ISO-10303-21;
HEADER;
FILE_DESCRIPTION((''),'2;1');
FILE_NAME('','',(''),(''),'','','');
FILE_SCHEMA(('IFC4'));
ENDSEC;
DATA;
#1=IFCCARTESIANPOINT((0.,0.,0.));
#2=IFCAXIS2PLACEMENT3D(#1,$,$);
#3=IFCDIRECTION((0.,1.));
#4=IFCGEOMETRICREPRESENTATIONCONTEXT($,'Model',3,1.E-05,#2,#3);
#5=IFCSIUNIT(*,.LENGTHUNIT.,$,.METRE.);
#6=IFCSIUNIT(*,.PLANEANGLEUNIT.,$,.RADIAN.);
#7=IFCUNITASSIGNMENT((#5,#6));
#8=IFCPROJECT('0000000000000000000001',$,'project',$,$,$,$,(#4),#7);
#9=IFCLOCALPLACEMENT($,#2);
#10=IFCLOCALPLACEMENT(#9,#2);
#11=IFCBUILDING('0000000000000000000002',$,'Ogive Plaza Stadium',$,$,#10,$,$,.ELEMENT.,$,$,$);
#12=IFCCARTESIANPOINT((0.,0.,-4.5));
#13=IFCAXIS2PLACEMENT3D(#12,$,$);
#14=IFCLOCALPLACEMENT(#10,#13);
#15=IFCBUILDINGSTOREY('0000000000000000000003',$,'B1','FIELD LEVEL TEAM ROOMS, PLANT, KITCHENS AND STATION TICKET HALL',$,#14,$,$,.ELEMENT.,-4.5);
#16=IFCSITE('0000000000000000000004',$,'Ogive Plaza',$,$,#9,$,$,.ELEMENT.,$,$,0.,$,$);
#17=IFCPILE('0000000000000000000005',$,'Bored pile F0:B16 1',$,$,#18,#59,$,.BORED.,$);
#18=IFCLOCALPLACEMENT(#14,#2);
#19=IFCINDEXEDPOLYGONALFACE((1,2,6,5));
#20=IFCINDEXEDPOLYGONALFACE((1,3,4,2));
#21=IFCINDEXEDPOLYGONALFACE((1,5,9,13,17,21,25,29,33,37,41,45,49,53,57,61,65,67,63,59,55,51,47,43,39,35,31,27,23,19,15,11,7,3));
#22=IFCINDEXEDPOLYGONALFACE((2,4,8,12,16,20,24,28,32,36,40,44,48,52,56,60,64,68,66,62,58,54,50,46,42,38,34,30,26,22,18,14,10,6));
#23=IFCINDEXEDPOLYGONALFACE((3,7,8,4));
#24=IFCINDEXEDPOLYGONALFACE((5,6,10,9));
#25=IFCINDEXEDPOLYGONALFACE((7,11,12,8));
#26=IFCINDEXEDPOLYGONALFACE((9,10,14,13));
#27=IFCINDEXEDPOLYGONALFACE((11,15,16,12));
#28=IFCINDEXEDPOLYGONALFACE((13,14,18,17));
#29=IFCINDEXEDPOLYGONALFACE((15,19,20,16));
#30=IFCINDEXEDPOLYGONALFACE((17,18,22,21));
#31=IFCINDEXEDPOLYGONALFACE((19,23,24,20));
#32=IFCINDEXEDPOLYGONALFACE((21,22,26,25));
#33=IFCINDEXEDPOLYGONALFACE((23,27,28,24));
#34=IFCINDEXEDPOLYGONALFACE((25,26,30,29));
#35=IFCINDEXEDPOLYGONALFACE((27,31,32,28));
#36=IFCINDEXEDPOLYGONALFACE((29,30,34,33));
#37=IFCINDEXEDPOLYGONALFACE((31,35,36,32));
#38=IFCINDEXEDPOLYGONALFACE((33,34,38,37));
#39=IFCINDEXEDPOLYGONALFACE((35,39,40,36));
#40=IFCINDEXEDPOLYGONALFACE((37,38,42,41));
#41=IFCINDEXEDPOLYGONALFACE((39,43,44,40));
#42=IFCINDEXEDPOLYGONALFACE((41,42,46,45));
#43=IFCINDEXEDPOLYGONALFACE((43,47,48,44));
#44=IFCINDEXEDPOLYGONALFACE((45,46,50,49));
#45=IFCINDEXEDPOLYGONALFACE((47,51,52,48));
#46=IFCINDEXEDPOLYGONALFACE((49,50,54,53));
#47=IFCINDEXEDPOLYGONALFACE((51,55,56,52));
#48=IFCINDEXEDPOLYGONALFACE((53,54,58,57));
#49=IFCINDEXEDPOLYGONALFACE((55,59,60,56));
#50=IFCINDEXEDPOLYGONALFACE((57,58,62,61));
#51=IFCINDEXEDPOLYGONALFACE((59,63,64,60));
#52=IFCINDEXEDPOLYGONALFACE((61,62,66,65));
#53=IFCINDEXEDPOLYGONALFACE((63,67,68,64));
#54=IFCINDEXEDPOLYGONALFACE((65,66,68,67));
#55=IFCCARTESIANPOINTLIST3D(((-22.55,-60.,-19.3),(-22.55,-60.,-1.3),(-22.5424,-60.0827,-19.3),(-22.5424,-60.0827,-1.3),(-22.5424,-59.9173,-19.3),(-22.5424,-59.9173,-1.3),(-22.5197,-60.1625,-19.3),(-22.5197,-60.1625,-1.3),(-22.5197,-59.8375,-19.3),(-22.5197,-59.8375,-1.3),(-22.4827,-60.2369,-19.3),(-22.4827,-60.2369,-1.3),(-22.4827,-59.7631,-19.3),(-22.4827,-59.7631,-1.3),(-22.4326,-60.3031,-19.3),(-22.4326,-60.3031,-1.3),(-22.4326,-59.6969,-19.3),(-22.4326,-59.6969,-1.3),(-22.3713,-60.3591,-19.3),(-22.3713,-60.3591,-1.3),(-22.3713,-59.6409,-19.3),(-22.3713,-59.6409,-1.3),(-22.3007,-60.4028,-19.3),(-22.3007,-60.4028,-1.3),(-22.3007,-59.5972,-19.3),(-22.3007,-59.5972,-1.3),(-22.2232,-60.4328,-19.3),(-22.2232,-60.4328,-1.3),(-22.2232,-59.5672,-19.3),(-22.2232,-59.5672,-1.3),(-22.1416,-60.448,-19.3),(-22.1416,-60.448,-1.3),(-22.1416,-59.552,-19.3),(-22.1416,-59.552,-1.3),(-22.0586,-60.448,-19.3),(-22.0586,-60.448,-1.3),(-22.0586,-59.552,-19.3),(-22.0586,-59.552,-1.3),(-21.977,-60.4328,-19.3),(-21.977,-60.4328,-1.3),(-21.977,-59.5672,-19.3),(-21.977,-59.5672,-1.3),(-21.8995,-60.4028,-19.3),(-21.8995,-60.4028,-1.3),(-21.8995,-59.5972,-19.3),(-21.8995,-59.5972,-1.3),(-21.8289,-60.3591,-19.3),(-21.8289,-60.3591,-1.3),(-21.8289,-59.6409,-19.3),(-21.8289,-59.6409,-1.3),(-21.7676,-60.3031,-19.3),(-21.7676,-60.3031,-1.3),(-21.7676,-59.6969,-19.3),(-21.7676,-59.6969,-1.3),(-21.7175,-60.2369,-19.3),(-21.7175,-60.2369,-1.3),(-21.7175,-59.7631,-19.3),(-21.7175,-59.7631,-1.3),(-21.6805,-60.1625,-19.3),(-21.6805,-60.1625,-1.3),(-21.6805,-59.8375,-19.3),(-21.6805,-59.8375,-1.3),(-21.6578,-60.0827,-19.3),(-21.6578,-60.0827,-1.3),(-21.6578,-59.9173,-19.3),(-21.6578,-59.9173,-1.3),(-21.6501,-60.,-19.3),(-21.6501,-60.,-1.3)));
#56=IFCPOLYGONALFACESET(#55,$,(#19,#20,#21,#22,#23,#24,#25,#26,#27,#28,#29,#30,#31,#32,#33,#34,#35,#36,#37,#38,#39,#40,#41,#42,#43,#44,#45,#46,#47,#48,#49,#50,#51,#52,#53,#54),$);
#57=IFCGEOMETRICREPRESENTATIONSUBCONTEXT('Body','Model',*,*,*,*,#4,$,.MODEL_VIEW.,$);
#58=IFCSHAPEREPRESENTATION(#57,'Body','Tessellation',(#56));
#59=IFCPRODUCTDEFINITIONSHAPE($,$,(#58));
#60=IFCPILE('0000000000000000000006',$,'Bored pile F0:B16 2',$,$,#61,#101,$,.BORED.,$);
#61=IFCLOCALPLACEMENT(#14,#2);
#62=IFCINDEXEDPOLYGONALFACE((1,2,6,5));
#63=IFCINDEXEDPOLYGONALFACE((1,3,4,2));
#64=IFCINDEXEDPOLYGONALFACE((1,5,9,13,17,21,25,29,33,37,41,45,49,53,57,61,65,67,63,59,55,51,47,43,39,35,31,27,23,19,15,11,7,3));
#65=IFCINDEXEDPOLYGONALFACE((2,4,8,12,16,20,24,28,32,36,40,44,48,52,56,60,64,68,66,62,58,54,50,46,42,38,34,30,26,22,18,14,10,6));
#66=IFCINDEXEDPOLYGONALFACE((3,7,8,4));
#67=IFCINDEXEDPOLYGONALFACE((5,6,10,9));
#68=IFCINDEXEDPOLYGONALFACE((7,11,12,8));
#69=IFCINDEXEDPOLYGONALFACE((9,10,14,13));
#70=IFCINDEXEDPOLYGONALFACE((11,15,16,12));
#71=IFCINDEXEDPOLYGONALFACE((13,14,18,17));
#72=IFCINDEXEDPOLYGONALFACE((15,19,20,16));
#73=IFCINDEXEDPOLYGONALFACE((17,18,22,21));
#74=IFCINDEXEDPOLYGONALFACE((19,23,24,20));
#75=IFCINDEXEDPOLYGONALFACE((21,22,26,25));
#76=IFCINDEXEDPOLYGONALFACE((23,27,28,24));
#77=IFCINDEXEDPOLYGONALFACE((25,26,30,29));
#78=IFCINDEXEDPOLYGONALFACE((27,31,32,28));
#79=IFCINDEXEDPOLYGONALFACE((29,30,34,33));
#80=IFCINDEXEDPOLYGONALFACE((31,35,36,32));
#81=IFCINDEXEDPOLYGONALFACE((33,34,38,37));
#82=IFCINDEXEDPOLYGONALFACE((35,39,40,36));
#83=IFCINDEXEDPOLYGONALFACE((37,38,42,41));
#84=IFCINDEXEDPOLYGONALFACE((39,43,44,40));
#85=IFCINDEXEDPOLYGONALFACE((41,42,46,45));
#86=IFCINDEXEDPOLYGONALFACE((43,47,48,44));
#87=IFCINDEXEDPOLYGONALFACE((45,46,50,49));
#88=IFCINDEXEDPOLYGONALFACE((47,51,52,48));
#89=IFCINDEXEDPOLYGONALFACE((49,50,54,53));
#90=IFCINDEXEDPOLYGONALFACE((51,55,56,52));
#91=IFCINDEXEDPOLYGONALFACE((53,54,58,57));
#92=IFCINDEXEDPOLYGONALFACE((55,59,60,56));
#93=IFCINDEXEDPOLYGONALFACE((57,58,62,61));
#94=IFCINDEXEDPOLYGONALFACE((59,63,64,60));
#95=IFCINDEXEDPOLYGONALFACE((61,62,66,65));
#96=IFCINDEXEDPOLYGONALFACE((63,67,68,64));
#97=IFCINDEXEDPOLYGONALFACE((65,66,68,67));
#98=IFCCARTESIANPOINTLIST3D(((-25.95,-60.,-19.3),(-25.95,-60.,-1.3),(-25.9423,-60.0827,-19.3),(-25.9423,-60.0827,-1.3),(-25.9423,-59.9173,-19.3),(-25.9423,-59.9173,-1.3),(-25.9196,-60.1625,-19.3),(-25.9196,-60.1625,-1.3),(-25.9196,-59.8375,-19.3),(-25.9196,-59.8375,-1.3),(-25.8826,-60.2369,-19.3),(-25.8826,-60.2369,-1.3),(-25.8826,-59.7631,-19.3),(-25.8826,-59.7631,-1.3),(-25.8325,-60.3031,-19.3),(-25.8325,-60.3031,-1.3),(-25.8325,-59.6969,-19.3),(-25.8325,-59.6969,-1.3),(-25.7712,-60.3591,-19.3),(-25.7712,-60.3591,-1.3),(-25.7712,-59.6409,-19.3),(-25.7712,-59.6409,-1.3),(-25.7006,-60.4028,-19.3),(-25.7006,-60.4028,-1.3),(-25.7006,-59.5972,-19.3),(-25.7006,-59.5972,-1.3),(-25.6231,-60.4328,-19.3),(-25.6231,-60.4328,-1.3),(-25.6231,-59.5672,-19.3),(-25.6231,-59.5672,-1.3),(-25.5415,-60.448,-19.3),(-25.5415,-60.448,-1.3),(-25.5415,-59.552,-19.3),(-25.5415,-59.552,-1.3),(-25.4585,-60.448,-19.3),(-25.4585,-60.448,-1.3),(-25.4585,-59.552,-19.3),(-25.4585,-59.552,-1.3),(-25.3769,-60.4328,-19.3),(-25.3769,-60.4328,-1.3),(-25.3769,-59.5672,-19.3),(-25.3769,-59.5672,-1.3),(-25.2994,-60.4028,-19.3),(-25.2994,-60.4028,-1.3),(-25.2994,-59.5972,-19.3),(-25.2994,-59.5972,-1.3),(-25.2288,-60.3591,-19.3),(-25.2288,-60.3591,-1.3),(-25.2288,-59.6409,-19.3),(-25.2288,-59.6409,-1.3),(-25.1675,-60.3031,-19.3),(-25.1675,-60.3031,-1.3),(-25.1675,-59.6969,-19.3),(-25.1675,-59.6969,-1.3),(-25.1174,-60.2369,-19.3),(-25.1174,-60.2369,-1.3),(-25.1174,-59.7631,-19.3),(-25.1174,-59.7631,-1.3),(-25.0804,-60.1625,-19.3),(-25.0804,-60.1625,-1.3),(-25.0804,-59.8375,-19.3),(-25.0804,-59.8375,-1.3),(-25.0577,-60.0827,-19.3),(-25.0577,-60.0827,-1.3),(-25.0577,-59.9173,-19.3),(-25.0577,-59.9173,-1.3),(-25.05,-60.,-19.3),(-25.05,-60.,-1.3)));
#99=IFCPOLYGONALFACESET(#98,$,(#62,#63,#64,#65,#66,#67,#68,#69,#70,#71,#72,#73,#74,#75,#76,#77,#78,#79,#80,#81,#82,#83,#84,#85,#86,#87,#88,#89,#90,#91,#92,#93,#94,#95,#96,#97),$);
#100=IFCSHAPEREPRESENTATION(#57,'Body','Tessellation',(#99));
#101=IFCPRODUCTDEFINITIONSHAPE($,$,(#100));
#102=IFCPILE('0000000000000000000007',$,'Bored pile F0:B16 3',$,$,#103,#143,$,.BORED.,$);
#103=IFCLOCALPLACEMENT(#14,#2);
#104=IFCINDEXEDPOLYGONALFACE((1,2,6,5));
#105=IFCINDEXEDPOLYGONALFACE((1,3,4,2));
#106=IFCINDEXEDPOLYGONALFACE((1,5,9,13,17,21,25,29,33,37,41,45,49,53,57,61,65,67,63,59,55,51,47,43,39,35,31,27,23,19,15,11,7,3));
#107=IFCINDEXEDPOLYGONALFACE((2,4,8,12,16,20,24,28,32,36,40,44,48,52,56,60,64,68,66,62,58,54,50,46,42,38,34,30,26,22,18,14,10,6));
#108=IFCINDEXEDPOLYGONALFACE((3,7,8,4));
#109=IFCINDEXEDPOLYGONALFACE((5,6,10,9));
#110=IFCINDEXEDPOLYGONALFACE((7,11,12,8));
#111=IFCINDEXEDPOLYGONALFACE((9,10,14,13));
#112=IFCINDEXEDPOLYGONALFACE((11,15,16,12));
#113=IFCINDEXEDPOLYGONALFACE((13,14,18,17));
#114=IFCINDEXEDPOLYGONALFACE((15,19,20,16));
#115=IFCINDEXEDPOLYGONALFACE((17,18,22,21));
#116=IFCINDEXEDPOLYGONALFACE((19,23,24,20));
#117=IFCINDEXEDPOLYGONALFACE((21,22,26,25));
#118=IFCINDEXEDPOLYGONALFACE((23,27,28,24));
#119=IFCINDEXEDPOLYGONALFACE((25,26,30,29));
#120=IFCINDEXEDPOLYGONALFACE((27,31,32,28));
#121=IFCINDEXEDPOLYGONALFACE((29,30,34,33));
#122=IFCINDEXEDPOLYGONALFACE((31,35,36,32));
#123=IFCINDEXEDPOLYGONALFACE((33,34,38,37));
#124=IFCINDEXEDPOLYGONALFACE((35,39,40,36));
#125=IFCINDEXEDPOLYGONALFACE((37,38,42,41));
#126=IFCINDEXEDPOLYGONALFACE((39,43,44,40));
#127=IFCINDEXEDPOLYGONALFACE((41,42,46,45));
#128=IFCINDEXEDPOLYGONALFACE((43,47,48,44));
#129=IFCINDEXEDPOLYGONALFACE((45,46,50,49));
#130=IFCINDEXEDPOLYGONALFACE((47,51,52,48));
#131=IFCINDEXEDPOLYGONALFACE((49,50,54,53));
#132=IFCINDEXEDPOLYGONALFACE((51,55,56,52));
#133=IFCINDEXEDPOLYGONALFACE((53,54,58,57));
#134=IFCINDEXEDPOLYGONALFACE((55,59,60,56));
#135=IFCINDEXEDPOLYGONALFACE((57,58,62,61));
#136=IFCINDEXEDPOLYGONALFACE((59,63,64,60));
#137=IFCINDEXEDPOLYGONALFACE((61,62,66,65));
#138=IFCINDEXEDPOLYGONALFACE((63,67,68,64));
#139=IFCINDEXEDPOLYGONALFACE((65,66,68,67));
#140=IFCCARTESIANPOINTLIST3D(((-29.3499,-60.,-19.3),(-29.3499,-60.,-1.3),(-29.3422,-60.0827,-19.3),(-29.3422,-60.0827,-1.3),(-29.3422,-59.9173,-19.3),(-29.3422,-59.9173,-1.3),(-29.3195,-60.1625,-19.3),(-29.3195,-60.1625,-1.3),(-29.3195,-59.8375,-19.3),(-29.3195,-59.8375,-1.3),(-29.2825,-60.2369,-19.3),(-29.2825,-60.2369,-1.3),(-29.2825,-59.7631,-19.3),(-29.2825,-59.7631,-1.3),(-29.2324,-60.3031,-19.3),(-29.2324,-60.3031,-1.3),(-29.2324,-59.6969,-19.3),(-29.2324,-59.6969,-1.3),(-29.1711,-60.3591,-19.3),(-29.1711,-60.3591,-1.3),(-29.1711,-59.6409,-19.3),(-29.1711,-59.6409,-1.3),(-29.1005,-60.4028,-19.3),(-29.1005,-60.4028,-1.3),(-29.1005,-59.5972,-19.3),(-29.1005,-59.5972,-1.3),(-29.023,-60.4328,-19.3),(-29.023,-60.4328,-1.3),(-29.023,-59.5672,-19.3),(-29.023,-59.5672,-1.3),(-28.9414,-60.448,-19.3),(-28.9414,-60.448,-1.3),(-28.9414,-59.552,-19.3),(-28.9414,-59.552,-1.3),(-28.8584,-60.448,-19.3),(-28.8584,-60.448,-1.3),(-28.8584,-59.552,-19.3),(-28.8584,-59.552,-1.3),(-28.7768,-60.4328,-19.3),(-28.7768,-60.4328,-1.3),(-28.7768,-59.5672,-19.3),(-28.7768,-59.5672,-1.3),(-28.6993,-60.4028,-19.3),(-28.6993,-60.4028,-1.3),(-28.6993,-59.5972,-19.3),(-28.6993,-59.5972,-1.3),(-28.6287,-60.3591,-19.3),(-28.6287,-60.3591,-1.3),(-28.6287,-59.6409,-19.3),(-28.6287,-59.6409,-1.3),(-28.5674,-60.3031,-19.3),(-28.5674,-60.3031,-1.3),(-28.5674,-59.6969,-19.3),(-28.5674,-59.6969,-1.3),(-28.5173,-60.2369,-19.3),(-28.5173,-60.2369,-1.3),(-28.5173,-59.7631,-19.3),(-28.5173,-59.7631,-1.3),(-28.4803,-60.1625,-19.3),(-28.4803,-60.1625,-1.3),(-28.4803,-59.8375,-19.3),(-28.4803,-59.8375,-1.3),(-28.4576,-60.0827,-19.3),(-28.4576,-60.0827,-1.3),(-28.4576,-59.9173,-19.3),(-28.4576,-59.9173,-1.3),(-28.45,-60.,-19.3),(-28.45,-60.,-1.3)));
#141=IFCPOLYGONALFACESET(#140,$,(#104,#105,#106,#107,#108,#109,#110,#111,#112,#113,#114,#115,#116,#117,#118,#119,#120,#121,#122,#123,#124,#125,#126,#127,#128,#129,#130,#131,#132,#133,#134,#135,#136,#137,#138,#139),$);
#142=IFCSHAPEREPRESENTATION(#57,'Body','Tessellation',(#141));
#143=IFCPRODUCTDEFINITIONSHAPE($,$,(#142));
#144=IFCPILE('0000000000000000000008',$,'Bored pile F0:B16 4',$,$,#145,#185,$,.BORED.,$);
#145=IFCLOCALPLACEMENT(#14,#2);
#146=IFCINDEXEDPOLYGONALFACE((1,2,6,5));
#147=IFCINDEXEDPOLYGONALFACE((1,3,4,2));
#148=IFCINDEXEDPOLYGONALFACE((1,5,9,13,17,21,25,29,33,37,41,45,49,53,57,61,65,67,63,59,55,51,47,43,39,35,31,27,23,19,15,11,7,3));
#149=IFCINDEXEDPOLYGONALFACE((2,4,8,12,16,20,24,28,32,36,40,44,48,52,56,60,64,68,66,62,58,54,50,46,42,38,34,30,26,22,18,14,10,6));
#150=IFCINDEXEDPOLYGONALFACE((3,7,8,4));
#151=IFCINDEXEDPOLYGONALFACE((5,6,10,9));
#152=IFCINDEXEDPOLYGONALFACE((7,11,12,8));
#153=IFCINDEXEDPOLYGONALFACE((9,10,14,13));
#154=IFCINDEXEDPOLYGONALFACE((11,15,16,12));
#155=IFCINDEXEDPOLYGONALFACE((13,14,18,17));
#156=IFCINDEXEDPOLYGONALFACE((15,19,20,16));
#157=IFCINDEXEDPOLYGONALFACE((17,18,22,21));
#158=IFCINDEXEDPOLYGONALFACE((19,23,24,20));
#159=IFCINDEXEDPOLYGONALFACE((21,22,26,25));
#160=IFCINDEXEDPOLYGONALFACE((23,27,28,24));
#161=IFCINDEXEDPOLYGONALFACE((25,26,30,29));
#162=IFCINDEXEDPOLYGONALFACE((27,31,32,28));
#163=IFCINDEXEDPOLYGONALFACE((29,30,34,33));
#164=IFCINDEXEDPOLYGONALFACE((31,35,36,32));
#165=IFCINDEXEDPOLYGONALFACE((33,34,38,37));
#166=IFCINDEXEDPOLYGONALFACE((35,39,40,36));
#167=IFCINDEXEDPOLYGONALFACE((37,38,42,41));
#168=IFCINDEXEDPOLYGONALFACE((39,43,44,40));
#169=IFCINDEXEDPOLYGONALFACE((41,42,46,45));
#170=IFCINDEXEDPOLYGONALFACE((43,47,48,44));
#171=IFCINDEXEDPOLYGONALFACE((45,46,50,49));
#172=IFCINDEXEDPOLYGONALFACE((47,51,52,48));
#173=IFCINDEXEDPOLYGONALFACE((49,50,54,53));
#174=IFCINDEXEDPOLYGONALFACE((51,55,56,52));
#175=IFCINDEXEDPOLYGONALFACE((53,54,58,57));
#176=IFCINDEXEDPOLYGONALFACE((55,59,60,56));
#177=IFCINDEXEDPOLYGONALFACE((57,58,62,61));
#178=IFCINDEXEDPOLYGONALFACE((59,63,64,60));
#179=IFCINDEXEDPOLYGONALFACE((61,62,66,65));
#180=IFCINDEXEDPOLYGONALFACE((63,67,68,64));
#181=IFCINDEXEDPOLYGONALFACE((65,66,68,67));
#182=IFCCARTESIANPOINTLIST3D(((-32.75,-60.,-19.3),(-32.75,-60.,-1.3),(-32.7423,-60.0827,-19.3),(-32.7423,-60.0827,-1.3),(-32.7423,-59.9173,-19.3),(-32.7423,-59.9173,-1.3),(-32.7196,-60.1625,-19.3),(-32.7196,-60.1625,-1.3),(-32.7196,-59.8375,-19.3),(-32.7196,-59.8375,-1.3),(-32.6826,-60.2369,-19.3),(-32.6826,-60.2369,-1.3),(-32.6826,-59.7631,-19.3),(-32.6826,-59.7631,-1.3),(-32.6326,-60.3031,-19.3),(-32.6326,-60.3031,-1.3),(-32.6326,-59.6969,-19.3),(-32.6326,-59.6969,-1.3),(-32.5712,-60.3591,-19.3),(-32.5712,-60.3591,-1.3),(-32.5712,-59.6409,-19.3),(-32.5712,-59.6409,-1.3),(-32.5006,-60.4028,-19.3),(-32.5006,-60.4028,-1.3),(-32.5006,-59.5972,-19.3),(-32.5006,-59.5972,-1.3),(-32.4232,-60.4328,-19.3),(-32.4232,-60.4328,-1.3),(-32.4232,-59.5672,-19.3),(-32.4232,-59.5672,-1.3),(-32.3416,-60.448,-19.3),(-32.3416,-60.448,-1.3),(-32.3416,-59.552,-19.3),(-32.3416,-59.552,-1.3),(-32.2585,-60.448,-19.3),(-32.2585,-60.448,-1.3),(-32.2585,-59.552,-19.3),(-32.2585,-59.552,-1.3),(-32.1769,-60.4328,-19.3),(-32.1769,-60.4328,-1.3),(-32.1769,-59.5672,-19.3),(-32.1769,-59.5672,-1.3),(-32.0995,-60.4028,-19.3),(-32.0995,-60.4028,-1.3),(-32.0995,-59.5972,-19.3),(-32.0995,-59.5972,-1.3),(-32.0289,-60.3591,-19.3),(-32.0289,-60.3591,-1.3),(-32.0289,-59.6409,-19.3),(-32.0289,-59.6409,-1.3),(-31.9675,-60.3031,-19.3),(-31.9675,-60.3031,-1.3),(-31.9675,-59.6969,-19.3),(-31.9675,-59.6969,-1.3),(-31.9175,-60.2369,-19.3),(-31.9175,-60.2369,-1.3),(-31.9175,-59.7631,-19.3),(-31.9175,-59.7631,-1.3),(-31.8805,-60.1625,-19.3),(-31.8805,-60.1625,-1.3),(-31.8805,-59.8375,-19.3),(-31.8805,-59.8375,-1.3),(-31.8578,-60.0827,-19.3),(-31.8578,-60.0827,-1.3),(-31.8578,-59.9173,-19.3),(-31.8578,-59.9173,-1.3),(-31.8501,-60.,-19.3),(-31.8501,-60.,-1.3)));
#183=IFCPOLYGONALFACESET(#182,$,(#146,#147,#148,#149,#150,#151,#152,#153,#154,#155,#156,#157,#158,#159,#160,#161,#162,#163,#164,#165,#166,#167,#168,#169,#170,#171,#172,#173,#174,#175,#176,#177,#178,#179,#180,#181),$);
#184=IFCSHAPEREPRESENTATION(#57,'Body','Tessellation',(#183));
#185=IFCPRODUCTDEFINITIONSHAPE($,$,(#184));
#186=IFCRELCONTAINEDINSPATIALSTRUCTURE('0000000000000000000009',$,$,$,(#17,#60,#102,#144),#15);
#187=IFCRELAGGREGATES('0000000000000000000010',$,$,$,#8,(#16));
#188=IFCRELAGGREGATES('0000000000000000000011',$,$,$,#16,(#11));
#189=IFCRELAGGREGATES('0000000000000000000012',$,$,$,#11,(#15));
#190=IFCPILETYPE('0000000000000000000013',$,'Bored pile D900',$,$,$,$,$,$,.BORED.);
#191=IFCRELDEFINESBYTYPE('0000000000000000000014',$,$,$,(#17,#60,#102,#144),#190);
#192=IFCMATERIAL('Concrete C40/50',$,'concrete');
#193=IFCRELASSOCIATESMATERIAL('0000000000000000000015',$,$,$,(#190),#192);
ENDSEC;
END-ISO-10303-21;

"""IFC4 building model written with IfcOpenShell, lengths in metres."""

from ifc_helpers import new_model, si_unit, direction, frame, origin, origin_2d, place, context, subcontext, project, spatial, circle, extrude, material, material_profile, profile_set, type_object, element, save


model = new_model("IFC4")

# Units and contexts
model_context = context("Model", 3, precision=1e-05, world=origin(), true_north=direction((0.0, 1.0)))
body_context = subcontext(model_context, "Body", "Model", "MODEL_VIEW")
ifc_project = project(units=[si_unit("LENGTHUNIT", "METRE"), si_unit("PLANEANGLEUNIT", "RADIAN")], contexts=[model_context])

# Site, building, storey
site_placement = place(None, origin())
site = spatial("IfcSite", under=ifc_project, at=site_placement, Name="Ogive Plaza", CompositionType="ELEMENT", RefElevation=0.0)
building_placement = place(site_placement, origin())
building = spatial("IfcBuilding", under=site, at=building_placement, Name="Ogive Plaza Stadium", CompositionType="ELEMENT")
storey_placement = place(building_placement, frame((0.0, 0.0, -4.5)))
storey = spatial("IfcBuildingStorey", under=building, at=storey_placement, Name="B1", Description="FIELD LEVEL TEAM ROOMS, PLANT, KITCHENS AND STATION TICKET HALL", CompositionType="ELEMENT", Elevation=-4.5)

# Piles
ifc_material_1 = material(Name="Concrete C40/50", Category="concrete")
ifc_material_profile_1 = material_profile(ifc_material_1, circle(Radius=0.45, at=origin_2d()), Name="RC D900")
ifc_profile_set_1 = profile_set([ifc_material_profile_1], Name="Concrete C40/50")
pile_type_1 = type_object("IfcPileType", Name="Bored pile D900", PredefinedType="BORED", material=ifc_profile_set_1)
for number, where, z_axis, x_axis, name in (
    (1, (-22.1001, -60.0, -1.3), (0.0, 0.0, -1.0), (1.0, 0.0, 0.0), "Bored pile F0:B16 1"),
    (2, (-25.5, -60.0, -1.3), (0.0, 0.0, -1.0), (1.0, 0.0, 0.0), "Bored pile F0:B16 2"),
    (3, (-28.8999, -60.0, -1.3), (0.0, 0.0, -1.0), (1.0, 0.0, 0.0), "Bored pile F0:B16 3"),
    (4, (-32.3, -60.0, -1.3), (0.0, 0.0, -1.0), (1.0, 0.0, 0.0), "Bored pile F0:B16 4"),
):
    element("IfcPile", number, at=place(storey_placement, frame(where, z_axis=z_axis, x_axis=x_axis)), inside=storey, type_object=pile_type_1, Name=name, PredefinedType="BORED", context=body_context, shape_type="SweptSolid", body=[
        extrude(circle(Radius=0.45, at=origin_2d()), origin(), (0.0, 0.0, 1.0), 18.0),
    ])

save(model, "model.ifc")
